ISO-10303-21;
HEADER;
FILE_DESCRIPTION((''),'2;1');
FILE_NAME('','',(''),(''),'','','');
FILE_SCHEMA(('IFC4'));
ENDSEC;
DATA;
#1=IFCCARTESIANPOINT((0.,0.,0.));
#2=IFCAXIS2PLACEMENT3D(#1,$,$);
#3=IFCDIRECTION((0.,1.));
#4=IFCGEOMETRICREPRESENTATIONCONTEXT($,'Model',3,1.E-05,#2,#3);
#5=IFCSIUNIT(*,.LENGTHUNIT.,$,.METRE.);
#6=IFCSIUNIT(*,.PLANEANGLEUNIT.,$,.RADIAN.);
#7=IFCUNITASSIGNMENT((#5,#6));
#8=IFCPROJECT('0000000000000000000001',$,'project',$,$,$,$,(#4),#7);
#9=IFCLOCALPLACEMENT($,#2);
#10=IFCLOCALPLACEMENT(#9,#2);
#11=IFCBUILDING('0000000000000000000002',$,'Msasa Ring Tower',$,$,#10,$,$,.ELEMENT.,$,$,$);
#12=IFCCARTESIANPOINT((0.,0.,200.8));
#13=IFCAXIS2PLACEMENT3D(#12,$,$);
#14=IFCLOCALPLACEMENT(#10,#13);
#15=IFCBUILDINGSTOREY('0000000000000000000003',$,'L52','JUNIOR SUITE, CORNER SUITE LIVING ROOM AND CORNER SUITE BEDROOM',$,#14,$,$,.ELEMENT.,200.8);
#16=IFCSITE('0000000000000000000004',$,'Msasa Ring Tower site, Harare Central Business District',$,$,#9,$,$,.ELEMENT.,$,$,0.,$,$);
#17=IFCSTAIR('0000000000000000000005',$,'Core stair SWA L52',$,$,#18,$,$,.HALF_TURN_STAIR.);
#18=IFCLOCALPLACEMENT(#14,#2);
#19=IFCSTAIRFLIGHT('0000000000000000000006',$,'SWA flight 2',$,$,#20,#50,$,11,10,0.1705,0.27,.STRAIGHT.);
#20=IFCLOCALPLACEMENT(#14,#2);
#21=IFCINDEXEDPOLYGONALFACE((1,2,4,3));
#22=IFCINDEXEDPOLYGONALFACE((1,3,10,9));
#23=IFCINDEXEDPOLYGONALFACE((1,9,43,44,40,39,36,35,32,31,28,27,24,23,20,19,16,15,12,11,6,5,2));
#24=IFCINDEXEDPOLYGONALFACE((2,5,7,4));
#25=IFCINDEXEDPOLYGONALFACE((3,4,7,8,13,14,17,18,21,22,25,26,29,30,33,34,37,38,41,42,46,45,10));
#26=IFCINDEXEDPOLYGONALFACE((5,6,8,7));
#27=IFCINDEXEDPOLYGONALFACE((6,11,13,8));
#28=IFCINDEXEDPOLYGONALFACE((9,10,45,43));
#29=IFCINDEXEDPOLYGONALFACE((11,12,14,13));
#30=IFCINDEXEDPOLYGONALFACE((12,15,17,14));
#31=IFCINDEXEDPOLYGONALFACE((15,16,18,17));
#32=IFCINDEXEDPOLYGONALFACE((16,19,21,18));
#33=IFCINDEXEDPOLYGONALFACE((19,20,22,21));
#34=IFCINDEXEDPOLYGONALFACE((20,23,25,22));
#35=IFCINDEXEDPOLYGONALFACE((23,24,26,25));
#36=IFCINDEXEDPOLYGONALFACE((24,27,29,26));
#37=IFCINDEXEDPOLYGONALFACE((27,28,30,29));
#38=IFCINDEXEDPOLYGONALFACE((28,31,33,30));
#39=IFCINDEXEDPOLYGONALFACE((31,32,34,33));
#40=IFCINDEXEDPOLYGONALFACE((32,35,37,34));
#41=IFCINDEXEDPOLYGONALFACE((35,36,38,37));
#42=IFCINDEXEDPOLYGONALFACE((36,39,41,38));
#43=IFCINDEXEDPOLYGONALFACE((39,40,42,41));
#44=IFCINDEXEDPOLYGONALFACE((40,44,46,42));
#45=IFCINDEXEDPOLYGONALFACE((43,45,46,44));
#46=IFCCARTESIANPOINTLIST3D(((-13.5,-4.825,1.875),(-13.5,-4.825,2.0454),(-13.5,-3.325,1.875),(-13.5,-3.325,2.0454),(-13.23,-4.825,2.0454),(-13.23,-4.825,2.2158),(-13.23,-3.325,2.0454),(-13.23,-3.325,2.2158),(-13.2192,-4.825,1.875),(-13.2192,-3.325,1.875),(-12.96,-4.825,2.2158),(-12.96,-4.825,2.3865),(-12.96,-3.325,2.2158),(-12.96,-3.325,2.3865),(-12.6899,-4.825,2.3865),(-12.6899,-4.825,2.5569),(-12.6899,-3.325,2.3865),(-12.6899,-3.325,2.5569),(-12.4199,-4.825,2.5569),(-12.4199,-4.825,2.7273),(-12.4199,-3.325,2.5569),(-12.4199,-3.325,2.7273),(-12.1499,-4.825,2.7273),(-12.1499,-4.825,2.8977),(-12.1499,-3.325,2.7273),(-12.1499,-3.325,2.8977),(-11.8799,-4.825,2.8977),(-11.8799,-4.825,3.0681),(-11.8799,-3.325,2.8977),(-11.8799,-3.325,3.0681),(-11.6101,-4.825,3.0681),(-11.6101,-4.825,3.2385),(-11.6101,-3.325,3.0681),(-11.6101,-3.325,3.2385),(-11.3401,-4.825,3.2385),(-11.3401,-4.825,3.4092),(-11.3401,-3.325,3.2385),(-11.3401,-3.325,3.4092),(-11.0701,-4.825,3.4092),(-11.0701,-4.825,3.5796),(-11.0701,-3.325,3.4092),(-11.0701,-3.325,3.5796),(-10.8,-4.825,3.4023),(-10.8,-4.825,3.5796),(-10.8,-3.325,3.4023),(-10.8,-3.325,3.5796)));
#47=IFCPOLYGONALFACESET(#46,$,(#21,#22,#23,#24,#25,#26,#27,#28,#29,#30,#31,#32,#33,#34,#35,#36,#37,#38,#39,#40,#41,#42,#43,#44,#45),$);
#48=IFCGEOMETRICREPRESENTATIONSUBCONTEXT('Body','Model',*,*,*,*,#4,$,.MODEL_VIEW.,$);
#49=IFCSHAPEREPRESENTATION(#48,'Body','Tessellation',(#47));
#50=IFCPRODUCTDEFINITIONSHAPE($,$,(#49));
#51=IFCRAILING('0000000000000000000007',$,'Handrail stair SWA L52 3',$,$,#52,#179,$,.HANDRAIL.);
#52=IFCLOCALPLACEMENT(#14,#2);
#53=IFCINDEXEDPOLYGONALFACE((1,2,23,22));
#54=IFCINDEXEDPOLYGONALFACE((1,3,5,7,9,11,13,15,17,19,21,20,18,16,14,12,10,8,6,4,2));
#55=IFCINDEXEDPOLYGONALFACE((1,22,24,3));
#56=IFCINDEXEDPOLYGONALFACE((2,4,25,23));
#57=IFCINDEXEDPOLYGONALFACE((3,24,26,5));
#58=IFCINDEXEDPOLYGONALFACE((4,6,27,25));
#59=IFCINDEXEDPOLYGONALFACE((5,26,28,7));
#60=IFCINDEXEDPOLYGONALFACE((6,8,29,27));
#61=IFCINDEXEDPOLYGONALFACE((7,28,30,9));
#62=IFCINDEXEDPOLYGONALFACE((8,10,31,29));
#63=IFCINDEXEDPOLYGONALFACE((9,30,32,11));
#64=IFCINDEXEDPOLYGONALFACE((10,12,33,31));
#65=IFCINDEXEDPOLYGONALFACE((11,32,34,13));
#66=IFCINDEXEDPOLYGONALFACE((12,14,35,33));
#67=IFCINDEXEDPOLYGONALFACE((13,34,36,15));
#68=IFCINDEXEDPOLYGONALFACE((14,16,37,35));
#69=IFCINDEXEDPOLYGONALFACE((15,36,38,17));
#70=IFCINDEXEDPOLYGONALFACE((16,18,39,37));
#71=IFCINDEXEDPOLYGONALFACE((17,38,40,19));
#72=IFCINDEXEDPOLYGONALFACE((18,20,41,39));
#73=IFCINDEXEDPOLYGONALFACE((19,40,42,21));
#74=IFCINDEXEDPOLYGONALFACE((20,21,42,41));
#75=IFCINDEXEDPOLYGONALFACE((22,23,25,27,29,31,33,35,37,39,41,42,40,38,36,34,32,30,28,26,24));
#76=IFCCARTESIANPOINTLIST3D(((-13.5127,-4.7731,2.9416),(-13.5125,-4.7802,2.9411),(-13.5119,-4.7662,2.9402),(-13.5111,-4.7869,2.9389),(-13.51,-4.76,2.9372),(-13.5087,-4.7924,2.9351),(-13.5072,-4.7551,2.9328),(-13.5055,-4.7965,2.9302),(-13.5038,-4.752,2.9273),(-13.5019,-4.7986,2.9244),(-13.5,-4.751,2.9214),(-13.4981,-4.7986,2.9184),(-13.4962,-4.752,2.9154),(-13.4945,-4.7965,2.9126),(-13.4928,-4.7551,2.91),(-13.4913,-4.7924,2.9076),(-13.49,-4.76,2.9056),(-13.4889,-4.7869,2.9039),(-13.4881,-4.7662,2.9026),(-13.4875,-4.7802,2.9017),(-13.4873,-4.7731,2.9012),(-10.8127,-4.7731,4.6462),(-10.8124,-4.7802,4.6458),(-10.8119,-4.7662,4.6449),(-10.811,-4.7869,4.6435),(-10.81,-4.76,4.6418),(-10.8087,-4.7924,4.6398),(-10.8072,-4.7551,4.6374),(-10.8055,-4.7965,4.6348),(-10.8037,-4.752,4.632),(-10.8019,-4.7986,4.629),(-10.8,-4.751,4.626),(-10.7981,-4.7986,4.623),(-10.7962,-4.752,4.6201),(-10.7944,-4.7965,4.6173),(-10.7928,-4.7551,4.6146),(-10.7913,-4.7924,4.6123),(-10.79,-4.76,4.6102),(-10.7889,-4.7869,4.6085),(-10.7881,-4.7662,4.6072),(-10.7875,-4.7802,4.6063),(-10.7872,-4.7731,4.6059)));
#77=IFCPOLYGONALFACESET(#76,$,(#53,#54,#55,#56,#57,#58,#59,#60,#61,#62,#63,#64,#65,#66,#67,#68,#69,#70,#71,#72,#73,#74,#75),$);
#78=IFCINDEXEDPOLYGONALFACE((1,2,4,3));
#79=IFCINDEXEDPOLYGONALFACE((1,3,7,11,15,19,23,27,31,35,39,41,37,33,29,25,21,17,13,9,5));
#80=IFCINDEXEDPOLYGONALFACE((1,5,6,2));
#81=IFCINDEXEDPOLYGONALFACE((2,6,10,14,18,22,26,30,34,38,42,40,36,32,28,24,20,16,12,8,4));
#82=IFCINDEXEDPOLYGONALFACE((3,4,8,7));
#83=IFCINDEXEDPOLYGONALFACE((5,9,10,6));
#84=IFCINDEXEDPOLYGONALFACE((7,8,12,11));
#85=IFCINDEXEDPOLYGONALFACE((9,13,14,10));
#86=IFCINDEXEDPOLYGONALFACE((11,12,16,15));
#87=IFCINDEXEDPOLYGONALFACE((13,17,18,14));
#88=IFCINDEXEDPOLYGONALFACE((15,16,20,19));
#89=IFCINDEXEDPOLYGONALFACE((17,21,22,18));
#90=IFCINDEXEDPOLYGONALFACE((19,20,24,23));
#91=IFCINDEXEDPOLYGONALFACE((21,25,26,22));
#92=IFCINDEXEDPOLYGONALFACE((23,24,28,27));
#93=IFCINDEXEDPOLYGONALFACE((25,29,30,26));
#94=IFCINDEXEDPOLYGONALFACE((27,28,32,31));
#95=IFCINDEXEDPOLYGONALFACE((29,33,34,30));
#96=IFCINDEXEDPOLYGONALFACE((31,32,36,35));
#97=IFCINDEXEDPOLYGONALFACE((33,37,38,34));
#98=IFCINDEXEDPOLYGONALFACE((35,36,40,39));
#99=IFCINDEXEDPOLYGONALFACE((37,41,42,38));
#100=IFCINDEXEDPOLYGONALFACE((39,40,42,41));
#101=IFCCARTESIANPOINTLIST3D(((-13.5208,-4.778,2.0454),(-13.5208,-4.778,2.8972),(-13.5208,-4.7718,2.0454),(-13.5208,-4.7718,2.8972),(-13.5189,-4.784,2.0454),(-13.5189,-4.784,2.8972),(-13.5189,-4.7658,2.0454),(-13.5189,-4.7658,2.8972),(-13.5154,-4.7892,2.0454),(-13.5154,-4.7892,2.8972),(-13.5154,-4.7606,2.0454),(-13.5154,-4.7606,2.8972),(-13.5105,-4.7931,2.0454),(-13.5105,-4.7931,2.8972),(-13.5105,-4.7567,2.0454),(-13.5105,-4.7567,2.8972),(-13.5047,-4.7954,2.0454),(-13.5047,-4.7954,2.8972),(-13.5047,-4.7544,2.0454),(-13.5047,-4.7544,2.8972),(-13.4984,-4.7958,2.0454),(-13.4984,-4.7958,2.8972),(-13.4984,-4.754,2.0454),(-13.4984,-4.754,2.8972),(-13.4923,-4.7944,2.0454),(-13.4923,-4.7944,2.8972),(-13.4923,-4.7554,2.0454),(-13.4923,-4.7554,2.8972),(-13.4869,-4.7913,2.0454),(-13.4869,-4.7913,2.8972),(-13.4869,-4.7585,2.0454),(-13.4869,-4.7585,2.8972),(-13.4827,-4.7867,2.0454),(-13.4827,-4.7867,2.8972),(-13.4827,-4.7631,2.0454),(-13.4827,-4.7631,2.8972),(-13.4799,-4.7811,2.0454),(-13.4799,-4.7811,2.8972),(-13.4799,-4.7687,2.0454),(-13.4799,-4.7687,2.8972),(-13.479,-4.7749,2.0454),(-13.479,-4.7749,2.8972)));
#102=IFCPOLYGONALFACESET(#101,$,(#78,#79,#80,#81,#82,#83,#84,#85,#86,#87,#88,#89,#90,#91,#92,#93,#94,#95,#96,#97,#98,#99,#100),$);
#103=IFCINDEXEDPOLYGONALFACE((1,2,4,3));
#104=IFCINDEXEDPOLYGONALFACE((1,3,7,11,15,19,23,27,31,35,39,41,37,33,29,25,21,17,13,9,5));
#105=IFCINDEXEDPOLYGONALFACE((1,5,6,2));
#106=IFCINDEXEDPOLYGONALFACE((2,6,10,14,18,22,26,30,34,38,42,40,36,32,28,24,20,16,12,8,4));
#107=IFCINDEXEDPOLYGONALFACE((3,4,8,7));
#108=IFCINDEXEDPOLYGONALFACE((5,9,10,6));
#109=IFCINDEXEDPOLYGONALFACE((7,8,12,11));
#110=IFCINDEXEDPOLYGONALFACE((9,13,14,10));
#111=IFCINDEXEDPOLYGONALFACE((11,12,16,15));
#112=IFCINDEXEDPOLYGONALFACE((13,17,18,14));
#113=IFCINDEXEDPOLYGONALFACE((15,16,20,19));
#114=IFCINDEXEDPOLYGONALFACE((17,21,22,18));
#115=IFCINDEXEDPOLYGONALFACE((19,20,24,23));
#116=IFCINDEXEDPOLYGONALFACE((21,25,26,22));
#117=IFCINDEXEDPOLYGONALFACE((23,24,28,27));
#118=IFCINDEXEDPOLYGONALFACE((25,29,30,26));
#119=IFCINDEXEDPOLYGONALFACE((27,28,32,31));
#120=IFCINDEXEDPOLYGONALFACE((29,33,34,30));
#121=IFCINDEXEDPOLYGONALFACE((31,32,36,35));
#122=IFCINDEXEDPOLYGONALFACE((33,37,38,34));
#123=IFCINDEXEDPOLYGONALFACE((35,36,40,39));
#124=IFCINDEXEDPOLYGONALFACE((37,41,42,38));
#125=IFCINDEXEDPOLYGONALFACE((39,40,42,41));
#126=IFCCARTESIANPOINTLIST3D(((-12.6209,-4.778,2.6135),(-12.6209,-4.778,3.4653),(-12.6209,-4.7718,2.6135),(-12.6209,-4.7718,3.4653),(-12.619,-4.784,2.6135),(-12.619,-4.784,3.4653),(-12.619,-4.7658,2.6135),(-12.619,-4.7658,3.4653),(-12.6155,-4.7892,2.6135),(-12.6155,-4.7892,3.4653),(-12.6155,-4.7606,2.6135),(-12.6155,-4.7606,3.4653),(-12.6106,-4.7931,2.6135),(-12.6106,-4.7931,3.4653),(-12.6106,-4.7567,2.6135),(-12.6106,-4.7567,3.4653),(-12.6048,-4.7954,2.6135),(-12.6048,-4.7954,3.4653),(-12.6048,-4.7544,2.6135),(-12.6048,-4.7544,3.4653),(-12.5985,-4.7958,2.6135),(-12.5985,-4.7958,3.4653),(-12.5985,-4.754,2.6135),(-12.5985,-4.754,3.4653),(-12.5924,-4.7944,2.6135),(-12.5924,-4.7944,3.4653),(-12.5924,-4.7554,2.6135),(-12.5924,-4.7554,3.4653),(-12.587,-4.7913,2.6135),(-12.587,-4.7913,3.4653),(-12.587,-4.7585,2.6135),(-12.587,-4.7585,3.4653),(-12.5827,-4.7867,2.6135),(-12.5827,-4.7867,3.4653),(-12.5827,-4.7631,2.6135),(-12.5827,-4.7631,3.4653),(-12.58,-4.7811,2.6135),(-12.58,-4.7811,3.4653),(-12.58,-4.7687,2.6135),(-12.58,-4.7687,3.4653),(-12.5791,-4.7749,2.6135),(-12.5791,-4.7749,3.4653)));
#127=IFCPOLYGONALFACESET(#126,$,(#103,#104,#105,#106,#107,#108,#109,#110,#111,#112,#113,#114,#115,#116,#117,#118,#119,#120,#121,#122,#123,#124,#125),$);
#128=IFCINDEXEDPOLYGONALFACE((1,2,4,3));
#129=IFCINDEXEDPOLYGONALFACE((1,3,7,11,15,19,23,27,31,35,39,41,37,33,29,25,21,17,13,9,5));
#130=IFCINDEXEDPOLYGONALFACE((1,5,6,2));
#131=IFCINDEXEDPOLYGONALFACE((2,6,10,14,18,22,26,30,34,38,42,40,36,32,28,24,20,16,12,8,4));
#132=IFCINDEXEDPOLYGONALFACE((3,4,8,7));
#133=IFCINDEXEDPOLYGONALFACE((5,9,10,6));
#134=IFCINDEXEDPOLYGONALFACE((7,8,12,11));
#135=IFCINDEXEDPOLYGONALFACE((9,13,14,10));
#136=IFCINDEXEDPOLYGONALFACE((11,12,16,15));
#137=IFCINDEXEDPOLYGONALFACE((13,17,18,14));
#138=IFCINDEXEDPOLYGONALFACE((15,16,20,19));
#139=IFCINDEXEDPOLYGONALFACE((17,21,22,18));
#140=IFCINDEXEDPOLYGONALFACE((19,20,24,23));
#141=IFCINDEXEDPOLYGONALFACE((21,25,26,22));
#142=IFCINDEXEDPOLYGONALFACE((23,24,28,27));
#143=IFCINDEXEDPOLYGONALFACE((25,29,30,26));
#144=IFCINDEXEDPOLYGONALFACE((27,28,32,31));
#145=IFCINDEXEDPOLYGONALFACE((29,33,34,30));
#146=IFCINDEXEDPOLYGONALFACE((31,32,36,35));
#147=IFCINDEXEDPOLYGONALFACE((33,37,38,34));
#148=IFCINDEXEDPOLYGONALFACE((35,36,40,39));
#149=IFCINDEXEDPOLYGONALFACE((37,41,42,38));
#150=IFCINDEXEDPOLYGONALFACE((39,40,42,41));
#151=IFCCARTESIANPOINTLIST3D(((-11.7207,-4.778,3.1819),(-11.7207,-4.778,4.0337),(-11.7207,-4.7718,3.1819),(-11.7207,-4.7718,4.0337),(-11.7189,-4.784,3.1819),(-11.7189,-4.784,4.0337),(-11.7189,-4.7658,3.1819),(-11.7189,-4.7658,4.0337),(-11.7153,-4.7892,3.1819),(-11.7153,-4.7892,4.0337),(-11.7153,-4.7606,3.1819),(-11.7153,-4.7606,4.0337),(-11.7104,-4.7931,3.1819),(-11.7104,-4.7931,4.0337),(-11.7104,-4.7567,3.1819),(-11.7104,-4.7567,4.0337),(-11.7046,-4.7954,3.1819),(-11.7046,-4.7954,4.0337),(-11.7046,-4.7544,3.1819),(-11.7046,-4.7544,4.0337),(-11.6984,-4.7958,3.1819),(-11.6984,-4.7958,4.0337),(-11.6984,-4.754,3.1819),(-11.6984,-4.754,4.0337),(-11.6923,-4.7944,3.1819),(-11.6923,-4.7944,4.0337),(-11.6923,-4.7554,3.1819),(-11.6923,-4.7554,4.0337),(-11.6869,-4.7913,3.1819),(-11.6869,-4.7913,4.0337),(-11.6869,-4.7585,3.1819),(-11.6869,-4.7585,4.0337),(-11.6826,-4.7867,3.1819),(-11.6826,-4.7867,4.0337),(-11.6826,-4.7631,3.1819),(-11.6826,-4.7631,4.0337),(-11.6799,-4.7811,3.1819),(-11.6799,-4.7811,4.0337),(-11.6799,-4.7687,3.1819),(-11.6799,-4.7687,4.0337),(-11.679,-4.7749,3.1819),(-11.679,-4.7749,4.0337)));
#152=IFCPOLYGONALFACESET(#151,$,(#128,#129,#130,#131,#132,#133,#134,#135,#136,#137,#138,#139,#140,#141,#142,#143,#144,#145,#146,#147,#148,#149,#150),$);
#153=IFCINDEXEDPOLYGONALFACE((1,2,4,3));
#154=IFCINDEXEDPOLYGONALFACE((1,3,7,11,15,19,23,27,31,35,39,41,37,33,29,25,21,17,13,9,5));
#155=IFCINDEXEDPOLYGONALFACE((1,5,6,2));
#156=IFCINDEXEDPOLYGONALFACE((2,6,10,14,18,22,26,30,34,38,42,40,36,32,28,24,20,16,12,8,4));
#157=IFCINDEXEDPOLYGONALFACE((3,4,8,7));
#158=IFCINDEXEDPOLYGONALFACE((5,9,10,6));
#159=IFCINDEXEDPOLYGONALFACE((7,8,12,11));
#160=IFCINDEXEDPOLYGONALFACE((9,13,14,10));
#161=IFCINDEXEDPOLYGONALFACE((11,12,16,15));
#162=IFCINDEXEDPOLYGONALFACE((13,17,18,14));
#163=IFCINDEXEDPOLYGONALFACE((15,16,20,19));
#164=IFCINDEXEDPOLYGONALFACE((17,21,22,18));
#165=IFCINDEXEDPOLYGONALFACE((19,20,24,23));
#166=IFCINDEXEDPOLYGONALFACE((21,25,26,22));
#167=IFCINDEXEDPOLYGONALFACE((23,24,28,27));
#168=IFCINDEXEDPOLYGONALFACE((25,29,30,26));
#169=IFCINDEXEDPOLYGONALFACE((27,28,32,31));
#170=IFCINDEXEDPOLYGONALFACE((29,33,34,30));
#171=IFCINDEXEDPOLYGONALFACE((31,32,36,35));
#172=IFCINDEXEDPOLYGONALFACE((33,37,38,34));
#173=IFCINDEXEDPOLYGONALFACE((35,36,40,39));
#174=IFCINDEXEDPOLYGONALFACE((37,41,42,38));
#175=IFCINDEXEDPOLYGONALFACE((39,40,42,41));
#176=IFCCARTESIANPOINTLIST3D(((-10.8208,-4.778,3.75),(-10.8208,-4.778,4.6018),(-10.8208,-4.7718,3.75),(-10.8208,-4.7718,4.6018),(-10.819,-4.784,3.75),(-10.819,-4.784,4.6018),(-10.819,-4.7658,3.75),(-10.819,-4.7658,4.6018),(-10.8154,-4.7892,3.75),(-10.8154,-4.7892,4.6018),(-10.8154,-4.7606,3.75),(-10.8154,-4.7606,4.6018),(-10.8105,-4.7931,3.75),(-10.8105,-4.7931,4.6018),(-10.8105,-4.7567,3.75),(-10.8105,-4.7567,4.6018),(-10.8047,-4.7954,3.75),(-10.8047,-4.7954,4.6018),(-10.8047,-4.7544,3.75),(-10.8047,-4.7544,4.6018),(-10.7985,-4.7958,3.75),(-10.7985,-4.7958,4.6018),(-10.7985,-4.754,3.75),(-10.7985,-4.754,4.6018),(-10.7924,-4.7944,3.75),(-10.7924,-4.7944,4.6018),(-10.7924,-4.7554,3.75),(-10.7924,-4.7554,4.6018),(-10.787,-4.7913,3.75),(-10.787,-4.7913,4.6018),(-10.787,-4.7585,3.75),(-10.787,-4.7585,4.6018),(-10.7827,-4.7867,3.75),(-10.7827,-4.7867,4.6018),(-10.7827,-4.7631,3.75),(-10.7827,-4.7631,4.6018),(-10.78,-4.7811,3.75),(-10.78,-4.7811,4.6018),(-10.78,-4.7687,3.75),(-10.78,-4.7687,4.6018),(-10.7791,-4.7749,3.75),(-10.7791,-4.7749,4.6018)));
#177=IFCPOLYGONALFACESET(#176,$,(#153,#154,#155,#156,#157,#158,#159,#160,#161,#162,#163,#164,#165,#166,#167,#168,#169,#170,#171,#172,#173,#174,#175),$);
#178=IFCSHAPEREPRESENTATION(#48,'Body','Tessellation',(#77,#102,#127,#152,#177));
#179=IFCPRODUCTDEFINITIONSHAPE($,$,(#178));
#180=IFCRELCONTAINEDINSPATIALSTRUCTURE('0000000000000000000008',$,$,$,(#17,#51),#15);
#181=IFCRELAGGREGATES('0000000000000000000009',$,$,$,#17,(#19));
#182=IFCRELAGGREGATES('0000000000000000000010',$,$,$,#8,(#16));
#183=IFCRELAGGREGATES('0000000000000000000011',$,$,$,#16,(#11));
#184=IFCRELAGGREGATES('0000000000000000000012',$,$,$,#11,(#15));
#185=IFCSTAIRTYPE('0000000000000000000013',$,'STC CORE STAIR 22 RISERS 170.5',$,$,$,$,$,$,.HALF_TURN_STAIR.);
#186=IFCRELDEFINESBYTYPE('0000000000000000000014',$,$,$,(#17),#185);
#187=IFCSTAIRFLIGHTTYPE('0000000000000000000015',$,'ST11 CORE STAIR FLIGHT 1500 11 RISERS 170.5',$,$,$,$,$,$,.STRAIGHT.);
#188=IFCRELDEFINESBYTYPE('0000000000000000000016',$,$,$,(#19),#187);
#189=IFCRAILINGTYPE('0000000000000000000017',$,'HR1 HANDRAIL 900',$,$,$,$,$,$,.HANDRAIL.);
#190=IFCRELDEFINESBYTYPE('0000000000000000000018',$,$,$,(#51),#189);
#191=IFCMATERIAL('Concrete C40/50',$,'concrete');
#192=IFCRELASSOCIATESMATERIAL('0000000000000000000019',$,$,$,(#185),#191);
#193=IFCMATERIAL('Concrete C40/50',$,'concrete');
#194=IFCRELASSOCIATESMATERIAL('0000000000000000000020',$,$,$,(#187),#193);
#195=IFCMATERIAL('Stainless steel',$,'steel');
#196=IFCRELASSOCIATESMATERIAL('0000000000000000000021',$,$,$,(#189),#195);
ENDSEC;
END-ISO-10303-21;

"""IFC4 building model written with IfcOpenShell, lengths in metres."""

from ifc_helpers import new_model, si_unit, direction, frame, origin, origin_2d, place, context, subcontext, project, spatial, polyline, circle, outline, extrude, material, type_object, element, aggregate, save


model = new_model("IFC4")

# Units and contexts
model_context = context("Model", 3, precision=1e-05, world=origin(), true_north=direction((0.0, 1.0)))
body_context = subcontext(model_context, "Body", "Model", "MODEL_VIEW")
ifc_project = project(units=[si_unit("LENGTHUNIT", "METRE"), si_unit("PLANEANGLEUNIT", "RADIAN")], contexts=[model_context])

# Site, building, storey
site_placement = place(None, origin())
site = spatial("IfcSite", under=ifc_project, at=site_placement, Name="Msasa Ring Tower site, Harare Central Business District", CompositionType="ELEMENT", RefElevation=0.0)
building_placement = place(site_placement, origin())
building = spatial("IfcBuilding", under=site, at=building_placement, Name="Msasa Ring Tower", CompositionType="ELEMENT")
storey_placement = place(building_placement, frame((0.0, 0.0, 200.8)))
storey = spatial("IfcBuildingStorey", under=building, at=storey_placement, Name="L52", Description="JUNIOR SUITE, CORNER SUITE LIVING ROOM AND CORNER SUITE BEDROOM", CompositionType="ELEMENT", Elevation=200.8)

# Stair, stair flight
ifc_material_1 = material(Name="Concrete C40/50", Category="concrete")
stair_type = type_object("IfcStairType", Name="STC CORE STAIR 22 RISERS 170.5", PredefinedType="HALF_TURN_STAIR", material=ifc_material_1)
stair_placement = place(storey_placement, origin())
stair = element("IfcStair", 1, at=stair_placement, inside=storey, type_object=stair_type, Name="Core stair SWA L52", PredefinedType="HALF_TURN_STAIR")
ifc_material_2 = material(Name="Concrete C40/50", Category="concrete")
stair_flight_type = type_object("IfcStairFlightType", Name="ST11 CORE STAIR FLIGHT 1500 11 RISERS 170.5", PredefinedType="STRAIGHT", material=ifc_material_2)
stair_flight_placement = place(storey_placement, frame((-13.5, -4.075, 1.875), z_axis=(0.0, 0.0, 1.0), x_axis=(1.0, 0.0, 0.0)))
stair_flight = element("IfcStairFlight", 2, at=stair_flight_placement, type_object=stair_flight_type, Name="SWA flight 2", NumberOfRisers=11, NumberOfTreads=10, PredefinedType="STRAIGHT", RiserHeight=0.1705, TreadLength=0.27, context=body_context, shape_type="SweptSolid", body=[
    extrude(outline(polyline([(0.0, 0.0), (0.0, 0.1704), (0.27, 0.1704), (0.27, 0.3408), (0.54, 0.3408), (0.54, 0.5115), (0.8101, 0.5115), (0.8101, 0.6819), (1.0801, 0.6819), (1.0801, 0.8523), (1.3501, 0.8523), (1.3501, 1.0227), (1.6201, 1.0227), (1.6201, 1.1931), (1.8899, 1.1931), (1.8899, 1.3635), (2.1599, 1.3635), (2.1599, 1.5342), (2.4299, 1.5342), (2.4299, 1.7046), (2.7, 1.7046), (2.7, 1.875), (2.7, 1.5273), (0.2808, 0.0), (0.0, 0.0)])), frame((0.0, 0.75, 0.0), z_axis=(0.0, -1.0, 0.0), x_axis=(1.0, 0.0, 0.0)), (0.0, 0.0, 1.0), 1.5),
])
aggregate(stair, [stair_flight])

# Railing
ifc_material_3 = material(Name="Stainless steel", Category="steel")
railing_type = type_object("IfcRailingType", Name="HR1 HANDRAIL 900", PredefinedType="HANDRAIL", material=ifc_material_3)
for number, where, name in (
    (3, (-13.5, -4.7749, 2.0454), "Handrail stair SWA L52 3"),
):
    element("IfcRailing", number, at=place(storey_placement, frame(where)), inside=storey, type_object=railing_type, Name=name, PredefinedType="HANDRAIL", context=body_context, shape_type="SweptSolid", body=[
        extrude(circle(Radius=0.0239, at=origin_2d()), frame((0.0, 0.0, 0.876), z_axis=(0.84558, 0.0, 0.533849), x_axis=(0.0, 1.0, 0.0)), (0.0, 0.0, 1.0), 3.1931),
        extrude(circle(Radius=0.021, at=origin_2d()), origin(), (0.0, 0.0, 1.0), 0.8518),
        extrude(circle(Radius=0.021, at=origin_2d()), frame((0.8999, 0.0, 0.5681)), (0.0, 0.0, 1.0), 0.8518),
        extrude(circle(Radius=0.021, at=origin_2d()), frame((1.8, 0.0, 1.1365)), (0.0, 0.0, 1.0), 0.8518),
        extrude(circle(Radius=0.021, at=origin_2d()), frame((2.7, 0.0, 1.7046)), (0.0, 0.0, 1.0), 0.8518),
    ])

save(model, "model.ifc")
